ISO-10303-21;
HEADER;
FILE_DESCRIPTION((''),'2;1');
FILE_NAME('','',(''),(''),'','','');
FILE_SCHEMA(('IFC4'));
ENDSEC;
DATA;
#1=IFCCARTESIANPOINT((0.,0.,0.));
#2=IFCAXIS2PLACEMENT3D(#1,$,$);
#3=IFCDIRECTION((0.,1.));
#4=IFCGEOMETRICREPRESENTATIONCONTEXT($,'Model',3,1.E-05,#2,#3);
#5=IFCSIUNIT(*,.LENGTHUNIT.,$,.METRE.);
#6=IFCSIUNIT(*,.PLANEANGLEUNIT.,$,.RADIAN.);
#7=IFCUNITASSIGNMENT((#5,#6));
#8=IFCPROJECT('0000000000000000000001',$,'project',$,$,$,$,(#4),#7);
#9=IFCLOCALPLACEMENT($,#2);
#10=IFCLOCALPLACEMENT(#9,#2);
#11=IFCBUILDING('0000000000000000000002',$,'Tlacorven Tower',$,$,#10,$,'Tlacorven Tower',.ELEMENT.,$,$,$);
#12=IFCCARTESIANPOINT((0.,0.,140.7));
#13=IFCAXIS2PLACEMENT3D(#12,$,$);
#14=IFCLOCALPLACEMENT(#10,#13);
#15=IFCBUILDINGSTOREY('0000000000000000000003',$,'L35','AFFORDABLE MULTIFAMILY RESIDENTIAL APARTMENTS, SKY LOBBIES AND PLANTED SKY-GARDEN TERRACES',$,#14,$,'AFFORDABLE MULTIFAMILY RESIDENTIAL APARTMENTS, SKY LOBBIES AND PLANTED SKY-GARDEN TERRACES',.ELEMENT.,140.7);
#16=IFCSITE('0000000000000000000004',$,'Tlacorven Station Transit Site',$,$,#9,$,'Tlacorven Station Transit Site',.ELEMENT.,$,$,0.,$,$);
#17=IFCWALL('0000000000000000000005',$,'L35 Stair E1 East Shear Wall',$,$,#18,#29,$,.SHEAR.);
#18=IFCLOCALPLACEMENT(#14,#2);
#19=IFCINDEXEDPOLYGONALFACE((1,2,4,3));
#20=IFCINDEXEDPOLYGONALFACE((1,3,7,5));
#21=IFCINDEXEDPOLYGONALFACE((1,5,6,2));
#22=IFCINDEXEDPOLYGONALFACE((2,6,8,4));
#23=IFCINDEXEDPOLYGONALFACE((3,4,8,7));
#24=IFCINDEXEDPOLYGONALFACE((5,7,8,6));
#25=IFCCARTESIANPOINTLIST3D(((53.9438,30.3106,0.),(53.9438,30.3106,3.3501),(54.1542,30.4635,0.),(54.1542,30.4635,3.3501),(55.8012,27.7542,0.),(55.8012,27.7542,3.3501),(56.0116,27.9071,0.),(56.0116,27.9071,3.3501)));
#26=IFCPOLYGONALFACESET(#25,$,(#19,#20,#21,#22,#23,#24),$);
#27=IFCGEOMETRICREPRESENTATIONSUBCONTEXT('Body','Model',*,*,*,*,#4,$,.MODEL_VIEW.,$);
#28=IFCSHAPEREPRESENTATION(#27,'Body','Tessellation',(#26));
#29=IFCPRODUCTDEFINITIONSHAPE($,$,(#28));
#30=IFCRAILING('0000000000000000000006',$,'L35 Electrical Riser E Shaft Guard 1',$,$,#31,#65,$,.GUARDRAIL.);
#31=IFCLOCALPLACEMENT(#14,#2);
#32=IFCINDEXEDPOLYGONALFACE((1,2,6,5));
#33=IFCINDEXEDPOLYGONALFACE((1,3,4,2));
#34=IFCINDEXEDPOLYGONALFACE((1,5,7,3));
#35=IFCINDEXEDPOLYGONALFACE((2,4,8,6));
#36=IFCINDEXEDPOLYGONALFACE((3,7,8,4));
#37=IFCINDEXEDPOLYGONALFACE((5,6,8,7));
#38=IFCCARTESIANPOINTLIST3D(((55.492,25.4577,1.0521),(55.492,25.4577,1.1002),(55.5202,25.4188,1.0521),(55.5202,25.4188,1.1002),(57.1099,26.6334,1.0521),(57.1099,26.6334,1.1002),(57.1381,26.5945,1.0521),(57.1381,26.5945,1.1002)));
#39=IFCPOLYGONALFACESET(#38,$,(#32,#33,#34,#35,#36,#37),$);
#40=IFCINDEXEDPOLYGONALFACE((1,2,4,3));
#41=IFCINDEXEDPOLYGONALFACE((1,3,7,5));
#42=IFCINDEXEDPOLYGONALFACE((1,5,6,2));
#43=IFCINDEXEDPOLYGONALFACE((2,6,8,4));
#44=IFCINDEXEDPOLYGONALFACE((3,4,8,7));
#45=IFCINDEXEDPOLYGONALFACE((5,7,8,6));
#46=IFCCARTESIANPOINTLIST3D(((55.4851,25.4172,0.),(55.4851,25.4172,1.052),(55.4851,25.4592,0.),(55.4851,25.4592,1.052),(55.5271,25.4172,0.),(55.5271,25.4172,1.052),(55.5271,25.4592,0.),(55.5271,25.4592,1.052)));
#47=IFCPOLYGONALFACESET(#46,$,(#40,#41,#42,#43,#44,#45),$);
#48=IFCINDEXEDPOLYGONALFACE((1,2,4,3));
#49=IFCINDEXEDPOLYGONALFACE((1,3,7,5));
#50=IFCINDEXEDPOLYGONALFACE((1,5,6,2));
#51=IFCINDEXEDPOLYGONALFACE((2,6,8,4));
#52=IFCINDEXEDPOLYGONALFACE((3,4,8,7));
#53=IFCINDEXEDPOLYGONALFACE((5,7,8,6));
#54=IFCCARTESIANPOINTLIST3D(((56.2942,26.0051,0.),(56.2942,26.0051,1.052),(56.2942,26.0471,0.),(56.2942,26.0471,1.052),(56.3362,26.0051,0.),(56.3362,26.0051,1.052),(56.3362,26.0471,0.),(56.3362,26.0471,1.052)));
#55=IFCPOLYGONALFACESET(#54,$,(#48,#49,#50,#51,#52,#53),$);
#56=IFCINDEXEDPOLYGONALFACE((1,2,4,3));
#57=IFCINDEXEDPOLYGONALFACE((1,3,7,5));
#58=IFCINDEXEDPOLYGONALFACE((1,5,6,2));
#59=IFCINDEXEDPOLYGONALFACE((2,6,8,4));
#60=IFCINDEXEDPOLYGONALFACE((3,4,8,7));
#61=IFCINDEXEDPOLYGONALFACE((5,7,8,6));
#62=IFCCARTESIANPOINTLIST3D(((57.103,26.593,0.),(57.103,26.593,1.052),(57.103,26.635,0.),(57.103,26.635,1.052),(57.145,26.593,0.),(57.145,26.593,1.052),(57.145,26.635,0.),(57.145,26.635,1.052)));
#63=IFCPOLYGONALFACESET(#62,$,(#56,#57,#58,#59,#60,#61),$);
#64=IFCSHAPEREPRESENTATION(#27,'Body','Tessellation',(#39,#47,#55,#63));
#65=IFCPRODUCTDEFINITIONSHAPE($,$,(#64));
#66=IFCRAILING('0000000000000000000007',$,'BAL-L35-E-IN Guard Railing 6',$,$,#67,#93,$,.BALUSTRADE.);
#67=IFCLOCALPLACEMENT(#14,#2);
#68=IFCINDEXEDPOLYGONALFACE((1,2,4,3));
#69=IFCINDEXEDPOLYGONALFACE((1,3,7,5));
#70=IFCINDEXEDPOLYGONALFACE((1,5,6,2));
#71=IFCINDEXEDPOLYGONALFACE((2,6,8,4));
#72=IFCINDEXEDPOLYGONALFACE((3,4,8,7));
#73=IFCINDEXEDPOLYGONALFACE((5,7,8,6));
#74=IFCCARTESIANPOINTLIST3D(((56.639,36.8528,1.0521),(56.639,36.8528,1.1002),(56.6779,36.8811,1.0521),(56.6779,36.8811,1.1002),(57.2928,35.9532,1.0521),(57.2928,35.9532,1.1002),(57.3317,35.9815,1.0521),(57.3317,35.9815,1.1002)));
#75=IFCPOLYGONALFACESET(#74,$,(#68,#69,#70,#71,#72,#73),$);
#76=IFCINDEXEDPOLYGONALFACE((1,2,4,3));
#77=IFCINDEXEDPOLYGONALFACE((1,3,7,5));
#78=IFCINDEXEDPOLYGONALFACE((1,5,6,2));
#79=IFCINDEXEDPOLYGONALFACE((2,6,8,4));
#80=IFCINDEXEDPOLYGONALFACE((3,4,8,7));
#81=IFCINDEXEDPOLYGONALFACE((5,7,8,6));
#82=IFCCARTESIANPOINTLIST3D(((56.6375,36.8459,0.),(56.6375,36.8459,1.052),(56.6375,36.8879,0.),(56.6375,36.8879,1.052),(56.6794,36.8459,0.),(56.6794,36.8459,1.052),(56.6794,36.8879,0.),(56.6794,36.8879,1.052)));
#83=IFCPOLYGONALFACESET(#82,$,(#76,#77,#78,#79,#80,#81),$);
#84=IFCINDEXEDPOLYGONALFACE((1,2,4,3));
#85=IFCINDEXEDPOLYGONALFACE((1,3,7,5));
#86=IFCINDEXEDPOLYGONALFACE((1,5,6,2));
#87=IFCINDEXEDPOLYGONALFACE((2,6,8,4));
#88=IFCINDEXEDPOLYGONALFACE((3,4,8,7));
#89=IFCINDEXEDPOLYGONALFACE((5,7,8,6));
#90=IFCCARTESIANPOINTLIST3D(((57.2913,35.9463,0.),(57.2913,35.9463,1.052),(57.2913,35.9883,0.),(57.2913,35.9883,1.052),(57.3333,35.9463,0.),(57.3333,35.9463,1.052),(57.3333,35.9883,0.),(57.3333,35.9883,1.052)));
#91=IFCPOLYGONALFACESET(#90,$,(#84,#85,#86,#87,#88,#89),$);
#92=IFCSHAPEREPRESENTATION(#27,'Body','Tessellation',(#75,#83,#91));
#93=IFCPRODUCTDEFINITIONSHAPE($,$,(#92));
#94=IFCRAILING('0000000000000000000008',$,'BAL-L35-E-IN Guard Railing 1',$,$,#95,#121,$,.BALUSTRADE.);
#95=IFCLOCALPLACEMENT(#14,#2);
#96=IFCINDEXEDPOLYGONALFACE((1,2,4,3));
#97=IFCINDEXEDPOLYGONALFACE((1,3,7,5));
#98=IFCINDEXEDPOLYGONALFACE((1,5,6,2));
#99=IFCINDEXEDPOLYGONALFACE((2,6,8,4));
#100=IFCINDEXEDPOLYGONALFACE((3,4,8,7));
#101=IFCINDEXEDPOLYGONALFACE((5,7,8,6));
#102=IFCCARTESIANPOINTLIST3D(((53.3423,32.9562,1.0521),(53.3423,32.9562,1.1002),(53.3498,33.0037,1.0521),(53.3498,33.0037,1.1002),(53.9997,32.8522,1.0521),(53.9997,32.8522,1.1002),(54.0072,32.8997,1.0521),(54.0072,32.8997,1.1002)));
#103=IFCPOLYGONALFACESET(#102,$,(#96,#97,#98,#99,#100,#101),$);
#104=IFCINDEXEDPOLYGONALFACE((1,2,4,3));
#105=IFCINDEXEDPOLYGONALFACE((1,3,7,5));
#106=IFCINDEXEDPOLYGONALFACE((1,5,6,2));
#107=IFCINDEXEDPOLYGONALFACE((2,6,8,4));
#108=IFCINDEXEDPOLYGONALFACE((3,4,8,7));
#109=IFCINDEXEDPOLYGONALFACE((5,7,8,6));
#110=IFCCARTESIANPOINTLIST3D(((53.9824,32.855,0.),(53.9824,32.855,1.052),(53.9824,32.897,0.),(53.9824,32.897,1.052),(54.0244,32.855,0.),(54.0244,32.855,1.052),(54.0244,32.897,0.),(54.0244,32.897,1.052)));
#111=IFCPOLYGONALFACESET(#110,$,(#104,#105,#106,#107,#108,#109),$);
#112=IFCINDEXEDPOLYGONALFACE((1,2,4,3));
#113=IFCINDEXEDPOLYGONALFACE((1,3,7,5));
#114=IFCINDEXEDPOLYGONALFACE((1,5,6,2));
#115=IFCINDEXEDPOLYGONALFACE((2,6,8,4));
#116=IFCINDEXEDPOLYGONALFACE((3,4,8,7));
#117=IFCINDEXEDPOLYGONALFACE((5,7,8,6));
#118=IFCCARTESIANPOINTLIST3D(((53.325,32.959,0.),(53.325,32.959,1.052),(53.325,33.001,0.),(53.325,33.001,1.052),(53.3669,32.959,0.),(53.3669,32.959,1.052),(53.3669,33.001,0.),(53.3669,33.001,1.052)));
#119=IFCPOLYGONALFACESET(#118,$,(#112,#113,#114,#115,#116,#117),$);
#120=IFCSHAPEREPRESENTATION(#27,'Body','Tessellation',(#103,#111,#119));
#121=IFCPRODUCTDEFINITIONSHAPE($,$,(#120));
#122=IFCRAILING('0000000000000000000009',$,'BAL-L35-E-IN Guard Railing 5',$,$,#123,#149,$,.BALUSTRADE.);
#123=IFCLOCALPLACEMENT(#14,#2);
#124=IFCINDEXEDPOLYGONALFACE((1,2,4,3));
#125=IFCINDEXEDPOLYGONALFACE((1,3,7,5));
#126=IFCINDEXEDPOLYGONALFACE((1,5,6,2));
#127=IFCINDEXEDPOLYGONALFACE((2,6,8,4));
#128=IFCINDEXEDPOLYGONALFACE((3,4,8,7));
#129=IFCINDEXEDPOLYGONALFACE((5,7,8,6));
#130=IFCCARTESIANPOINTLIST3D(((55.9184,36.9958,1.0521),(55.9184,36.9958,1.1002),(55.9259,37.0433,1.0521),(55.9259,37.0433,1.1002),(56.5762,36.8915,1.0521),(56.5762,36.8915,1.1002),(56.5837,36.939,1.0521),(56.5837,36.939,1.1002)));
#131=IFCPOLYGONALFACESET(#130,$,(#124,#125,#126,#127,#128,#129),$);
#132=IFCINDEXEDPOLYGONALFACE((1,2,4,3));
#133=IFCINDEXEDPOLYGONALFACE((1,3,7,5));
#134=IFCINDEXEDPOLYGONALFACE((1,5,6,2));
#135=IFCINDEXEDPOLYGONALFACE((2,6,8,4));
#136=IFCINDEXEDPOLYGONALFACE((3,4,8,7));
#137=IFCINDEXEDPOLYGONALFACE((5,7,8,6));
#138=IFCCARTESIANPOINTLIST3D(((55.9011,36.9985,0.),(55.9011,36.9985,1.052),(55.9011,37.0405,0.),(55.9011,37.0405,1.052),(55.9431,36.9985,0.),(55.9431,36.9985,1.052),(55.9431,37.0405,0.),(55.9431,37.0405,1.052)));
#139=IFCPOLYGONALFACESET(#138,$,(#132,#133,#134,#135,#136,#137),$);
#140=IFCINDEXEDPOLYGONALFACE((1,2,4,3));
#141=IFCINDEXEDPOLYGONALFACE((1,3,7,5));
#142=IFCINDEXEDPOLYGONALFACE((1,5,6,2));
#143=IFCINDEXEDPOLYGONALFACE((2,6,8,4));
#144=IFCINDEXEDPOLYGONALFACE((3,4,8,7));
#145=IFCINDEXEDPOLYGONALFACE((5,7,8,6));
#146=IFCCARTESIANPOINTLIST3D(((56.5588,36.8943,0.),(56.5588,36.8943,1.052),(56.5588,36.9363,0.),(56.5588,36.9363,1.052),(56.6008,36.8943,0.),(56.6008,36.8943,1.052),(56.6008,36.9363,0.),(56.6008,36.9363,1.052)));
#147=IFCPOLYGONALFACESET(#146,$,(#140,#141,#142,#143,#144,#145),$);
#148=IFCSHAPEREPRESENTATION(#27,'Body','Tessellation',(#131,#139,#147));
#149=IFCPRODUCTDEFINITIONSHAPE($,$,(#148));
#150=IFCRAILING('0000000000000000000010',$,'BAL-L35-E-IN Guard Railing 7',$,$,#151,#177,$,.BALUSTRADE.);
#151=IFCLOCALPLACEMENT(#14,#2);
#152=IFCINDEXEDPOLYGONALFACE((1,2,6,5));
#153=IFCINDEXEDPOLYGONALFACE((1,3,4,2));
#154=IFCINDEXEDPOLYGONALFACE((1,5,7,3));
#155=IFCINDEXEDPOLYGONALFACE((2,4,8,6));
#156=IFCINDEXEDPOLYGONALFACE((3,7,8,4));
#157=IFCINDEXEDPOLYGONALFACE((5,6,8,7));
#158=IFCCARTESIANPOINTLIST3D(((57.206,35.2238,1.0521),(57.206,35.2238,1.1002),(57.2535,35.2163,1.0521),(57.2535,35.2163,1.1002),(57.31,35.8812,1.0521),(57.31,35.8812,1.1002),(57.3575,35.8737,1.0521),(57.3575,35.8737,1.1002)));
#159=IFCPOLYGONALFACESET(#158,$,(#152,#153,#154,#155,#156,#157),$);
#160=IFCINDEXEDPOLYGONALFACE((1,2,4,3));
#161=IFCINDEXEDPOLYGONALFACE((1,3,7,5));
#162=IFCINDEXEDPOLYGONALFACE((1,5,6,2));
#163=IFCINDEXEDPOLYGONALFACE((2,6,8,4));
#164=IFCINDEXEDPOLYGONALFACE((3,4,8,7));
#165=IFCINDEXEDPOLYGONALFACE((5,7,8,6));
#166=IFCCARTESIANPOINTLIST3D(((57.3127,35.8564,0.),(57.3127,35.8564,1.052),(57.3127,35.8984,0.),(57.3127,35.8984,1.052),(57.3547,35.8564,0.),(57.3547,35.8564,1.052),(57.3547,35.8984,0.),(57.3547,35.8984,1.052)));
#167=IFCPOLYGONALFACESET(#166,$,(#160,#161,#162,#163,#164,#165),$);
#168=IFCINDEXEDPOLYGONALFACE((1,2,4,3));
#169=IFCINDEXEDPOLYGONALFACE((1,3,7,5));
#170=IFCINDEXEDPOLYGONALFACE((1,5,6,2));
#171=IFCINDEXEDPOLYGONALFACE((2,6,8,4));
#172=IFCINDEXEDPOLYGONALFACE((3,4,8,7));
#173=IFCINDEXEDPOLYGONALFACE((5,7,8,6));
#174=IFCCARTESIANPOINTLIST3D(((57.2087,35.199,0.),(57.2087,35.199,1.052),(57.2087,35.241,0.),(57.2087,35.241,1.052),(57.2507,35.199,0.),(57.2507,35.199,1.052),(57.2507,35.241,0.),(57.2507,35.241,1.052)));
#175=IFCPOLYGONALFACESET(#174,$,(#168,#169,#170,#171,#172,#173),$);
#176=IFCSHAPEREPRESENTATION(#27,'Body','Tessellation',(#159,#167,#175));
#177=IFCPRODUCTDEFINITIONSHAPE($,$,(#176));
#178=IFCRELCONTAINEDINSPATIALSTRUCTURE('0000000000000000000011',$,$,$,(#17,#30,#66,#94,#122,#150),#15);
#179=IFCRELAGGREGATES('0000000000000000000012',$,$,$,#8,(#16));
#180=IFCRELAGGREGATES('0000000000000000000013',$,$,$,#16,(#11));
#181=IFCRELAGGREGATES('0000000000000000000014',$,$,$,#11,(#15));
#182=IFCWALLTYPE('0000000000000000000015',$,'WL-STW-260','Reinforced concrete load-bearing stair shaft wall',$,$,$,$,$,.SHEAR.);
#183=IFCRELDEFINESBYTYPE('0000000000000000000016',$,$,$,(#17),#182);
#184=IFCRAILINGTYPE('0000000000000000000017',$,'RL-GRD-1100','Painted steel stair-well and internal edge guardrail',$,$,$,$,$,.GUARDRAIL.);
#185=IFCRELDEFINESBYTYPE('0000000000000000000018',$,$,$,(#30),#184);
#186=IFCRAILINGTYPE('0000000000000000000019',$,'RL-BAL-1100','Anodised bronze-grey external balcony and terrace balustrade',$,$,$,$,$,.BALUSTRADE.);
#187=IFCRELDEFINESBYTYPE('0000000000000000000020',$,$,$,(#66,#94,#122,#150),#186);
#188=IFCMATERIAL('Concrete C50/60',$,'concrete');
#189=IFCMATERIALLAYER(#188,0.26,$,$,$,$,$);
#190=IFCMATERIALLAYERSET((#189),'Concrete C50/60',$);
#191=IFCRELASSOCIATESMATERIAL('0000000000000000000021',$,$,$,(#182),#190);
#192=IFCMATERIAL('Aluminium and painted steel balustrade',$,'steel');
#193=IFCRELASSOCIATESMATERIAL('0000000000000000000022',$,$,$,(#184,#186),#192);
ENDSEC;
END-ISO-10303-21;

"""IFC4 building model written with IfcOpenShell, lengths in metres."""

from ifc_helpers import new_model, si_unit, direction, frame, frame_2d, origin, origin_2d, place, context, subcontext, project, spatial, rectangle, extrude, source, transform, mapped, material, layer, layer_set, type_object, element, save


model = new_model("IFC4")

# Units and contexts
model_context = context("Model", 3, precision=1e-05, world=origin(), true_north=direction((0.0, 1.0)))
body_context = subcontext(model_context, "Body", "Model", "MODEL_VIEW")
ifc_project = project(units=[si_unit("LENGTHUNIT", "METRE"), si_unit("PLANEANGLEUNIT", "RADIAN")], contexts=[model_context])

# Site, building, storey
site_placement = place(None, origin())
site = spatial("IfcSite", under=ifc_project, at=site_placement, Name="Tlacorven Station Transit Site", LongName="Tlacorven Station Transit Site", CompositionType="ELEMENT", RefElevation=0.0)
building_placement = place(site_placement, origin())
building = spatial("IfcBuilding", under=site, at=building_placement, Name="Tlacorven Tower", LongName="Tlacorven Tower", CompositionType="ELEMENT")
storey_placement = place(building_placement, frame((0.0, 0.0, 140.7)))
storey = spatial("IfcBuildingStorey", under=building, at=storey_placement, Name="L35", Description="AFFORDABLE MULTIFAMILY RESIDENTIAL APARTMENTS, SKY LOBBIES AND PLANTED SKY-GARDEN TERRACES", LongName="AFFORDABLE MULTIFAMILY RESIDENTIAL APARTMENTS, SKY LOBBIES AND PLANTED SKY-GARDEN TERRACES", CompositionType="ELEMENT", Elevation=140.7)

# Wall
ifc_material_1 = material(Name="Concrete C50/60", Category="concrete")
ifc_layer_1 = layer(ifc_material_1, 0.26)
ifc_layer_set_1 = layer_set([ifc_layer_1], Name="Concrete C50/60")
wall_type_1 = type_object("IfcWallType", Name="WL-STW-260", Description="Reinforced concrete load-bearing stair shaft wall", PredefinedType="SHEAR", material=ifc_layer_set_1)
wall_1_placement = place(storey_placement, frame((55.9065, 27.8306, 0.0), z_axis=(0.0, 0.0, 1.0), x_axis=(-0.587804, 0.809003, 0.0)))
element("IfcWall", 1, at=wall_1_placement, inside=storey, type_object=wall_type_1, Name="L35 Stair E1 East Shear Wall", PredefinedType="SHEAR", context=body_context, shape_type="SweptSolid", body=[
    extrude(rectangle(XDim=3.1599, YDim=0.26, at=frame_2d((1.5801, 0.0))), origin(), (0.0, 0.0, 1.0), 3.3501),
])

# Railings
ifc_material_2 = material(Name="Aluminium and painted steel balustrade", Category="steel")
railing_type_1 = type_object("IfcRailingType", Name="RL-GRD-1100", Description="Painted steel stair-well and internal edge guardrail", PredefinedType="GUARDRAIL", material=ifc_material_2)
shared_shape_1 = source(origin(), body_context, "Body", "SweptSolid", [
    extrude(rectangle(XDim=0.0481, YDim=0.0481, at=origin_2d()), frame((0.0, 0.0, 1.0762), z_axis=(0.808947, 0.587881, 0.0), x_axis=(-0.587881, 0.808947, 0.0)), (0.0, 0.0, 1.0), 2.0),
    extrude(rectangle(XDim=0.042, YDim=0.042, at=origin_2d()), origin(), (0.0, 0.0, 1.0), 1.052),
    extrude(rectangle(XDim=0.042, YDim=0.042, at=origin_2d()), frame((0.8091, 0.5879, 0.0)), (0.0, 0.0, 1.0), 1.052),
    extrude(rectangle(XDim=0.042, YDim=0.042, at=origin_2d()), frame((1.6179, 1.1758, 0.0)), (0.0, 0.0, 1.0), 1.052),
])
railing_1_placement = place(storey_placement, frame((55.5061, 25.4382, 0.0)))
element("IfcRailing", 2, at=railing_1_placement, inside=storey, type_object=railing_type_1, Name="L35 Electrical Riser E Shaft Guard 1", PredefinedType="GUARDRAIL", context=body_context, shape_type="MappedRepresentation", body=[
    mapped(shared_shape_1, transform((0.0, 0.0, 0.0), scale=1.0)),
])
railing_type_2 = type_object("IfcRailingType", Name="RL-BAL-1100", Description="Anodised bronze-grey external balcony and terrace balustrade", PredefinedType="BALUSTRADE", material=ifc_material_2)
shared_shape_2 = source(origin(), body_context, "Body", "SweptSolid", [
    extrude(rectangle(XDim=0.0481, YDim=0.0481, at=origin_2d()), frame((0.0, 0.0, 1.0762), z_axis=(0.587884, -0.808945, 0.0), x_axis=(0.808945, 0.587884, 0.0)), (0.0, 0.0, 1.0), 1.1121),
    extrude(rectangle(XDim=0.042, YDim=0.042, at=origin_2d()), origin(), (0.0, 0.0, 1.0), 1.052),
    extrude(rectangle(XDim=0.042, YDim=0.042, at=origin_2d()), frame((0.6538, -0.8997, 0.0)), (0.0, 0.0, 1.0), 1.052),
])
railing_2_placement = place(storey_placement, frame((56.6584, 36.8669, 0.0)))
element("IfcRailing", 3, at=railing_2_placement, inside=storey, type_object=railing_type_2, Name="BAL-L35-E-IN Guard Railing 6", PredefinedType="BALUSTRADE", context=body_context, shape_type="MappedRepresentation", body=[
    mapped(shared_shape_2, transform((0.0, 0.0, 0.0), scale=1.0)),
])
shared_shape_3 = source(origin(), body_context, "Body", "SweptSolid", [
    extrude(rectangle(XDim=0.0481, YDim=0.0481, at=origin_2d()), frame((0.0, 0.0, 1.0762), z_axis=(-0.987718, 0.156245, 0.0), x_axis=(-0.156245, -0.987718, 0.0)), (0.0, 0.0, 1.0), 0.6655),
    extrude(rectangle(XDim=0.042, YDim=0.042, at=origin_2d()), origin(), (0.0, 0.0, 1.0), 1.052),
    extrude(rectangle(XDim=0.042, YDim=0.042, at=origin_2d()), frame((-0.6575, 0.104, 0.0)), (0.0, 0.0, 1.0), 1.052),
])
railing_3_placement = place(storey_placement, frame((54.0034, 32.876, 0.0)))
element("IfcRailing", 4, at=railing_3_placement, inside=storey, type_object=railing_type_2, Name="BAL-L35-E-IN Guard Railing 1", PredefinedType="BALUSTRADE", context=body_context, shape_type="MappedRepresentation", body=[
    mapped(shared_shape_3, transform((0.0, 0.0, 0.0), scale=1.0)),
])
shared_shape_4 = source(origin(), body_context, "Body", "SweptSolid", [
    extrude(rectangle(XDim=0.0481, YDim=0.0481, at=origin_2d()), frame((0.0, 0.0, 1.0762), z_axis=(0.987671, -0.156546, 0.0), x_axis=(0.156546, 0.987671, 0.0)), (0.0, 0.0, 1.0), 0.666),
    extrude(rectangle(XDim=0.042, YDim=0.042, at=origin_2d()), origin(), (0.0, 0.0, 1.0), 1.052),
    extrude(rectangle(XDim=0.042, YDim=0.042, at=origin_2d()), frame((0.6577, -0.1042, 0.0)), (0.0, 0.0, 1.0), 1.052),
])
railing_4_placement = place(storey_placement, frame((55.9221, 37.0195, 0.0)))
element("IfcRailing", 5, at=railing_4_placement, inside=storey, type_object=railing_type_2, Name="BAL-L35-E-IN Guard Railing 5", PredefinedType="BALUSTRADE", context=body_context, shape_type="MappedRepresentation", body=[
    mapped(shared_shape_4, transform((0.0, 0.0, 0.0), scale=1.0)),
])
shared_shape_5 = source(origin(), body_context, "Body", "SweptSolid", [
    extrude(rectangle(XDim=0.0481, YDim=0.0481, at=origin_2d()), frame((0.0, 0.0, 1.0762), z_axis=(-0.156245, -0.987718, 0.0), x_axis=(0.987718, -0.156245, 0.0)), (0.0, 0.0, 1.0), 0.6655),
    extrude(rectangle(XDim=0.042, YDim=0.042, at=origin_2d()), origin(), (0.0, 0.0, 1.0), 1.052),
    extrude(rectangle(XDim=0.042, YDim=0.042, at=origin_2d()), frame((-0.104, -0.6575, 0.0)), (0.0, 0.0, 1.0), 1.052),
])
railing_5_placement = place(storey_placement, frame((57.3337, 35.8774, 0.0)))
element("IfcRailing", 6, at=railing_5_placement, inside=storey, type_object=railing_type_2, Name="BAL-L35-E-IN Guard Railing 7", PredefinedType="BALUSTRADE", context=body_context, shape_type="MappedRepresentation", body=[
    mapped(shared_shape_5, transform((0.0, 0.0, 0.0), scale=1.0)),
])

save(model, "model.ifc")
